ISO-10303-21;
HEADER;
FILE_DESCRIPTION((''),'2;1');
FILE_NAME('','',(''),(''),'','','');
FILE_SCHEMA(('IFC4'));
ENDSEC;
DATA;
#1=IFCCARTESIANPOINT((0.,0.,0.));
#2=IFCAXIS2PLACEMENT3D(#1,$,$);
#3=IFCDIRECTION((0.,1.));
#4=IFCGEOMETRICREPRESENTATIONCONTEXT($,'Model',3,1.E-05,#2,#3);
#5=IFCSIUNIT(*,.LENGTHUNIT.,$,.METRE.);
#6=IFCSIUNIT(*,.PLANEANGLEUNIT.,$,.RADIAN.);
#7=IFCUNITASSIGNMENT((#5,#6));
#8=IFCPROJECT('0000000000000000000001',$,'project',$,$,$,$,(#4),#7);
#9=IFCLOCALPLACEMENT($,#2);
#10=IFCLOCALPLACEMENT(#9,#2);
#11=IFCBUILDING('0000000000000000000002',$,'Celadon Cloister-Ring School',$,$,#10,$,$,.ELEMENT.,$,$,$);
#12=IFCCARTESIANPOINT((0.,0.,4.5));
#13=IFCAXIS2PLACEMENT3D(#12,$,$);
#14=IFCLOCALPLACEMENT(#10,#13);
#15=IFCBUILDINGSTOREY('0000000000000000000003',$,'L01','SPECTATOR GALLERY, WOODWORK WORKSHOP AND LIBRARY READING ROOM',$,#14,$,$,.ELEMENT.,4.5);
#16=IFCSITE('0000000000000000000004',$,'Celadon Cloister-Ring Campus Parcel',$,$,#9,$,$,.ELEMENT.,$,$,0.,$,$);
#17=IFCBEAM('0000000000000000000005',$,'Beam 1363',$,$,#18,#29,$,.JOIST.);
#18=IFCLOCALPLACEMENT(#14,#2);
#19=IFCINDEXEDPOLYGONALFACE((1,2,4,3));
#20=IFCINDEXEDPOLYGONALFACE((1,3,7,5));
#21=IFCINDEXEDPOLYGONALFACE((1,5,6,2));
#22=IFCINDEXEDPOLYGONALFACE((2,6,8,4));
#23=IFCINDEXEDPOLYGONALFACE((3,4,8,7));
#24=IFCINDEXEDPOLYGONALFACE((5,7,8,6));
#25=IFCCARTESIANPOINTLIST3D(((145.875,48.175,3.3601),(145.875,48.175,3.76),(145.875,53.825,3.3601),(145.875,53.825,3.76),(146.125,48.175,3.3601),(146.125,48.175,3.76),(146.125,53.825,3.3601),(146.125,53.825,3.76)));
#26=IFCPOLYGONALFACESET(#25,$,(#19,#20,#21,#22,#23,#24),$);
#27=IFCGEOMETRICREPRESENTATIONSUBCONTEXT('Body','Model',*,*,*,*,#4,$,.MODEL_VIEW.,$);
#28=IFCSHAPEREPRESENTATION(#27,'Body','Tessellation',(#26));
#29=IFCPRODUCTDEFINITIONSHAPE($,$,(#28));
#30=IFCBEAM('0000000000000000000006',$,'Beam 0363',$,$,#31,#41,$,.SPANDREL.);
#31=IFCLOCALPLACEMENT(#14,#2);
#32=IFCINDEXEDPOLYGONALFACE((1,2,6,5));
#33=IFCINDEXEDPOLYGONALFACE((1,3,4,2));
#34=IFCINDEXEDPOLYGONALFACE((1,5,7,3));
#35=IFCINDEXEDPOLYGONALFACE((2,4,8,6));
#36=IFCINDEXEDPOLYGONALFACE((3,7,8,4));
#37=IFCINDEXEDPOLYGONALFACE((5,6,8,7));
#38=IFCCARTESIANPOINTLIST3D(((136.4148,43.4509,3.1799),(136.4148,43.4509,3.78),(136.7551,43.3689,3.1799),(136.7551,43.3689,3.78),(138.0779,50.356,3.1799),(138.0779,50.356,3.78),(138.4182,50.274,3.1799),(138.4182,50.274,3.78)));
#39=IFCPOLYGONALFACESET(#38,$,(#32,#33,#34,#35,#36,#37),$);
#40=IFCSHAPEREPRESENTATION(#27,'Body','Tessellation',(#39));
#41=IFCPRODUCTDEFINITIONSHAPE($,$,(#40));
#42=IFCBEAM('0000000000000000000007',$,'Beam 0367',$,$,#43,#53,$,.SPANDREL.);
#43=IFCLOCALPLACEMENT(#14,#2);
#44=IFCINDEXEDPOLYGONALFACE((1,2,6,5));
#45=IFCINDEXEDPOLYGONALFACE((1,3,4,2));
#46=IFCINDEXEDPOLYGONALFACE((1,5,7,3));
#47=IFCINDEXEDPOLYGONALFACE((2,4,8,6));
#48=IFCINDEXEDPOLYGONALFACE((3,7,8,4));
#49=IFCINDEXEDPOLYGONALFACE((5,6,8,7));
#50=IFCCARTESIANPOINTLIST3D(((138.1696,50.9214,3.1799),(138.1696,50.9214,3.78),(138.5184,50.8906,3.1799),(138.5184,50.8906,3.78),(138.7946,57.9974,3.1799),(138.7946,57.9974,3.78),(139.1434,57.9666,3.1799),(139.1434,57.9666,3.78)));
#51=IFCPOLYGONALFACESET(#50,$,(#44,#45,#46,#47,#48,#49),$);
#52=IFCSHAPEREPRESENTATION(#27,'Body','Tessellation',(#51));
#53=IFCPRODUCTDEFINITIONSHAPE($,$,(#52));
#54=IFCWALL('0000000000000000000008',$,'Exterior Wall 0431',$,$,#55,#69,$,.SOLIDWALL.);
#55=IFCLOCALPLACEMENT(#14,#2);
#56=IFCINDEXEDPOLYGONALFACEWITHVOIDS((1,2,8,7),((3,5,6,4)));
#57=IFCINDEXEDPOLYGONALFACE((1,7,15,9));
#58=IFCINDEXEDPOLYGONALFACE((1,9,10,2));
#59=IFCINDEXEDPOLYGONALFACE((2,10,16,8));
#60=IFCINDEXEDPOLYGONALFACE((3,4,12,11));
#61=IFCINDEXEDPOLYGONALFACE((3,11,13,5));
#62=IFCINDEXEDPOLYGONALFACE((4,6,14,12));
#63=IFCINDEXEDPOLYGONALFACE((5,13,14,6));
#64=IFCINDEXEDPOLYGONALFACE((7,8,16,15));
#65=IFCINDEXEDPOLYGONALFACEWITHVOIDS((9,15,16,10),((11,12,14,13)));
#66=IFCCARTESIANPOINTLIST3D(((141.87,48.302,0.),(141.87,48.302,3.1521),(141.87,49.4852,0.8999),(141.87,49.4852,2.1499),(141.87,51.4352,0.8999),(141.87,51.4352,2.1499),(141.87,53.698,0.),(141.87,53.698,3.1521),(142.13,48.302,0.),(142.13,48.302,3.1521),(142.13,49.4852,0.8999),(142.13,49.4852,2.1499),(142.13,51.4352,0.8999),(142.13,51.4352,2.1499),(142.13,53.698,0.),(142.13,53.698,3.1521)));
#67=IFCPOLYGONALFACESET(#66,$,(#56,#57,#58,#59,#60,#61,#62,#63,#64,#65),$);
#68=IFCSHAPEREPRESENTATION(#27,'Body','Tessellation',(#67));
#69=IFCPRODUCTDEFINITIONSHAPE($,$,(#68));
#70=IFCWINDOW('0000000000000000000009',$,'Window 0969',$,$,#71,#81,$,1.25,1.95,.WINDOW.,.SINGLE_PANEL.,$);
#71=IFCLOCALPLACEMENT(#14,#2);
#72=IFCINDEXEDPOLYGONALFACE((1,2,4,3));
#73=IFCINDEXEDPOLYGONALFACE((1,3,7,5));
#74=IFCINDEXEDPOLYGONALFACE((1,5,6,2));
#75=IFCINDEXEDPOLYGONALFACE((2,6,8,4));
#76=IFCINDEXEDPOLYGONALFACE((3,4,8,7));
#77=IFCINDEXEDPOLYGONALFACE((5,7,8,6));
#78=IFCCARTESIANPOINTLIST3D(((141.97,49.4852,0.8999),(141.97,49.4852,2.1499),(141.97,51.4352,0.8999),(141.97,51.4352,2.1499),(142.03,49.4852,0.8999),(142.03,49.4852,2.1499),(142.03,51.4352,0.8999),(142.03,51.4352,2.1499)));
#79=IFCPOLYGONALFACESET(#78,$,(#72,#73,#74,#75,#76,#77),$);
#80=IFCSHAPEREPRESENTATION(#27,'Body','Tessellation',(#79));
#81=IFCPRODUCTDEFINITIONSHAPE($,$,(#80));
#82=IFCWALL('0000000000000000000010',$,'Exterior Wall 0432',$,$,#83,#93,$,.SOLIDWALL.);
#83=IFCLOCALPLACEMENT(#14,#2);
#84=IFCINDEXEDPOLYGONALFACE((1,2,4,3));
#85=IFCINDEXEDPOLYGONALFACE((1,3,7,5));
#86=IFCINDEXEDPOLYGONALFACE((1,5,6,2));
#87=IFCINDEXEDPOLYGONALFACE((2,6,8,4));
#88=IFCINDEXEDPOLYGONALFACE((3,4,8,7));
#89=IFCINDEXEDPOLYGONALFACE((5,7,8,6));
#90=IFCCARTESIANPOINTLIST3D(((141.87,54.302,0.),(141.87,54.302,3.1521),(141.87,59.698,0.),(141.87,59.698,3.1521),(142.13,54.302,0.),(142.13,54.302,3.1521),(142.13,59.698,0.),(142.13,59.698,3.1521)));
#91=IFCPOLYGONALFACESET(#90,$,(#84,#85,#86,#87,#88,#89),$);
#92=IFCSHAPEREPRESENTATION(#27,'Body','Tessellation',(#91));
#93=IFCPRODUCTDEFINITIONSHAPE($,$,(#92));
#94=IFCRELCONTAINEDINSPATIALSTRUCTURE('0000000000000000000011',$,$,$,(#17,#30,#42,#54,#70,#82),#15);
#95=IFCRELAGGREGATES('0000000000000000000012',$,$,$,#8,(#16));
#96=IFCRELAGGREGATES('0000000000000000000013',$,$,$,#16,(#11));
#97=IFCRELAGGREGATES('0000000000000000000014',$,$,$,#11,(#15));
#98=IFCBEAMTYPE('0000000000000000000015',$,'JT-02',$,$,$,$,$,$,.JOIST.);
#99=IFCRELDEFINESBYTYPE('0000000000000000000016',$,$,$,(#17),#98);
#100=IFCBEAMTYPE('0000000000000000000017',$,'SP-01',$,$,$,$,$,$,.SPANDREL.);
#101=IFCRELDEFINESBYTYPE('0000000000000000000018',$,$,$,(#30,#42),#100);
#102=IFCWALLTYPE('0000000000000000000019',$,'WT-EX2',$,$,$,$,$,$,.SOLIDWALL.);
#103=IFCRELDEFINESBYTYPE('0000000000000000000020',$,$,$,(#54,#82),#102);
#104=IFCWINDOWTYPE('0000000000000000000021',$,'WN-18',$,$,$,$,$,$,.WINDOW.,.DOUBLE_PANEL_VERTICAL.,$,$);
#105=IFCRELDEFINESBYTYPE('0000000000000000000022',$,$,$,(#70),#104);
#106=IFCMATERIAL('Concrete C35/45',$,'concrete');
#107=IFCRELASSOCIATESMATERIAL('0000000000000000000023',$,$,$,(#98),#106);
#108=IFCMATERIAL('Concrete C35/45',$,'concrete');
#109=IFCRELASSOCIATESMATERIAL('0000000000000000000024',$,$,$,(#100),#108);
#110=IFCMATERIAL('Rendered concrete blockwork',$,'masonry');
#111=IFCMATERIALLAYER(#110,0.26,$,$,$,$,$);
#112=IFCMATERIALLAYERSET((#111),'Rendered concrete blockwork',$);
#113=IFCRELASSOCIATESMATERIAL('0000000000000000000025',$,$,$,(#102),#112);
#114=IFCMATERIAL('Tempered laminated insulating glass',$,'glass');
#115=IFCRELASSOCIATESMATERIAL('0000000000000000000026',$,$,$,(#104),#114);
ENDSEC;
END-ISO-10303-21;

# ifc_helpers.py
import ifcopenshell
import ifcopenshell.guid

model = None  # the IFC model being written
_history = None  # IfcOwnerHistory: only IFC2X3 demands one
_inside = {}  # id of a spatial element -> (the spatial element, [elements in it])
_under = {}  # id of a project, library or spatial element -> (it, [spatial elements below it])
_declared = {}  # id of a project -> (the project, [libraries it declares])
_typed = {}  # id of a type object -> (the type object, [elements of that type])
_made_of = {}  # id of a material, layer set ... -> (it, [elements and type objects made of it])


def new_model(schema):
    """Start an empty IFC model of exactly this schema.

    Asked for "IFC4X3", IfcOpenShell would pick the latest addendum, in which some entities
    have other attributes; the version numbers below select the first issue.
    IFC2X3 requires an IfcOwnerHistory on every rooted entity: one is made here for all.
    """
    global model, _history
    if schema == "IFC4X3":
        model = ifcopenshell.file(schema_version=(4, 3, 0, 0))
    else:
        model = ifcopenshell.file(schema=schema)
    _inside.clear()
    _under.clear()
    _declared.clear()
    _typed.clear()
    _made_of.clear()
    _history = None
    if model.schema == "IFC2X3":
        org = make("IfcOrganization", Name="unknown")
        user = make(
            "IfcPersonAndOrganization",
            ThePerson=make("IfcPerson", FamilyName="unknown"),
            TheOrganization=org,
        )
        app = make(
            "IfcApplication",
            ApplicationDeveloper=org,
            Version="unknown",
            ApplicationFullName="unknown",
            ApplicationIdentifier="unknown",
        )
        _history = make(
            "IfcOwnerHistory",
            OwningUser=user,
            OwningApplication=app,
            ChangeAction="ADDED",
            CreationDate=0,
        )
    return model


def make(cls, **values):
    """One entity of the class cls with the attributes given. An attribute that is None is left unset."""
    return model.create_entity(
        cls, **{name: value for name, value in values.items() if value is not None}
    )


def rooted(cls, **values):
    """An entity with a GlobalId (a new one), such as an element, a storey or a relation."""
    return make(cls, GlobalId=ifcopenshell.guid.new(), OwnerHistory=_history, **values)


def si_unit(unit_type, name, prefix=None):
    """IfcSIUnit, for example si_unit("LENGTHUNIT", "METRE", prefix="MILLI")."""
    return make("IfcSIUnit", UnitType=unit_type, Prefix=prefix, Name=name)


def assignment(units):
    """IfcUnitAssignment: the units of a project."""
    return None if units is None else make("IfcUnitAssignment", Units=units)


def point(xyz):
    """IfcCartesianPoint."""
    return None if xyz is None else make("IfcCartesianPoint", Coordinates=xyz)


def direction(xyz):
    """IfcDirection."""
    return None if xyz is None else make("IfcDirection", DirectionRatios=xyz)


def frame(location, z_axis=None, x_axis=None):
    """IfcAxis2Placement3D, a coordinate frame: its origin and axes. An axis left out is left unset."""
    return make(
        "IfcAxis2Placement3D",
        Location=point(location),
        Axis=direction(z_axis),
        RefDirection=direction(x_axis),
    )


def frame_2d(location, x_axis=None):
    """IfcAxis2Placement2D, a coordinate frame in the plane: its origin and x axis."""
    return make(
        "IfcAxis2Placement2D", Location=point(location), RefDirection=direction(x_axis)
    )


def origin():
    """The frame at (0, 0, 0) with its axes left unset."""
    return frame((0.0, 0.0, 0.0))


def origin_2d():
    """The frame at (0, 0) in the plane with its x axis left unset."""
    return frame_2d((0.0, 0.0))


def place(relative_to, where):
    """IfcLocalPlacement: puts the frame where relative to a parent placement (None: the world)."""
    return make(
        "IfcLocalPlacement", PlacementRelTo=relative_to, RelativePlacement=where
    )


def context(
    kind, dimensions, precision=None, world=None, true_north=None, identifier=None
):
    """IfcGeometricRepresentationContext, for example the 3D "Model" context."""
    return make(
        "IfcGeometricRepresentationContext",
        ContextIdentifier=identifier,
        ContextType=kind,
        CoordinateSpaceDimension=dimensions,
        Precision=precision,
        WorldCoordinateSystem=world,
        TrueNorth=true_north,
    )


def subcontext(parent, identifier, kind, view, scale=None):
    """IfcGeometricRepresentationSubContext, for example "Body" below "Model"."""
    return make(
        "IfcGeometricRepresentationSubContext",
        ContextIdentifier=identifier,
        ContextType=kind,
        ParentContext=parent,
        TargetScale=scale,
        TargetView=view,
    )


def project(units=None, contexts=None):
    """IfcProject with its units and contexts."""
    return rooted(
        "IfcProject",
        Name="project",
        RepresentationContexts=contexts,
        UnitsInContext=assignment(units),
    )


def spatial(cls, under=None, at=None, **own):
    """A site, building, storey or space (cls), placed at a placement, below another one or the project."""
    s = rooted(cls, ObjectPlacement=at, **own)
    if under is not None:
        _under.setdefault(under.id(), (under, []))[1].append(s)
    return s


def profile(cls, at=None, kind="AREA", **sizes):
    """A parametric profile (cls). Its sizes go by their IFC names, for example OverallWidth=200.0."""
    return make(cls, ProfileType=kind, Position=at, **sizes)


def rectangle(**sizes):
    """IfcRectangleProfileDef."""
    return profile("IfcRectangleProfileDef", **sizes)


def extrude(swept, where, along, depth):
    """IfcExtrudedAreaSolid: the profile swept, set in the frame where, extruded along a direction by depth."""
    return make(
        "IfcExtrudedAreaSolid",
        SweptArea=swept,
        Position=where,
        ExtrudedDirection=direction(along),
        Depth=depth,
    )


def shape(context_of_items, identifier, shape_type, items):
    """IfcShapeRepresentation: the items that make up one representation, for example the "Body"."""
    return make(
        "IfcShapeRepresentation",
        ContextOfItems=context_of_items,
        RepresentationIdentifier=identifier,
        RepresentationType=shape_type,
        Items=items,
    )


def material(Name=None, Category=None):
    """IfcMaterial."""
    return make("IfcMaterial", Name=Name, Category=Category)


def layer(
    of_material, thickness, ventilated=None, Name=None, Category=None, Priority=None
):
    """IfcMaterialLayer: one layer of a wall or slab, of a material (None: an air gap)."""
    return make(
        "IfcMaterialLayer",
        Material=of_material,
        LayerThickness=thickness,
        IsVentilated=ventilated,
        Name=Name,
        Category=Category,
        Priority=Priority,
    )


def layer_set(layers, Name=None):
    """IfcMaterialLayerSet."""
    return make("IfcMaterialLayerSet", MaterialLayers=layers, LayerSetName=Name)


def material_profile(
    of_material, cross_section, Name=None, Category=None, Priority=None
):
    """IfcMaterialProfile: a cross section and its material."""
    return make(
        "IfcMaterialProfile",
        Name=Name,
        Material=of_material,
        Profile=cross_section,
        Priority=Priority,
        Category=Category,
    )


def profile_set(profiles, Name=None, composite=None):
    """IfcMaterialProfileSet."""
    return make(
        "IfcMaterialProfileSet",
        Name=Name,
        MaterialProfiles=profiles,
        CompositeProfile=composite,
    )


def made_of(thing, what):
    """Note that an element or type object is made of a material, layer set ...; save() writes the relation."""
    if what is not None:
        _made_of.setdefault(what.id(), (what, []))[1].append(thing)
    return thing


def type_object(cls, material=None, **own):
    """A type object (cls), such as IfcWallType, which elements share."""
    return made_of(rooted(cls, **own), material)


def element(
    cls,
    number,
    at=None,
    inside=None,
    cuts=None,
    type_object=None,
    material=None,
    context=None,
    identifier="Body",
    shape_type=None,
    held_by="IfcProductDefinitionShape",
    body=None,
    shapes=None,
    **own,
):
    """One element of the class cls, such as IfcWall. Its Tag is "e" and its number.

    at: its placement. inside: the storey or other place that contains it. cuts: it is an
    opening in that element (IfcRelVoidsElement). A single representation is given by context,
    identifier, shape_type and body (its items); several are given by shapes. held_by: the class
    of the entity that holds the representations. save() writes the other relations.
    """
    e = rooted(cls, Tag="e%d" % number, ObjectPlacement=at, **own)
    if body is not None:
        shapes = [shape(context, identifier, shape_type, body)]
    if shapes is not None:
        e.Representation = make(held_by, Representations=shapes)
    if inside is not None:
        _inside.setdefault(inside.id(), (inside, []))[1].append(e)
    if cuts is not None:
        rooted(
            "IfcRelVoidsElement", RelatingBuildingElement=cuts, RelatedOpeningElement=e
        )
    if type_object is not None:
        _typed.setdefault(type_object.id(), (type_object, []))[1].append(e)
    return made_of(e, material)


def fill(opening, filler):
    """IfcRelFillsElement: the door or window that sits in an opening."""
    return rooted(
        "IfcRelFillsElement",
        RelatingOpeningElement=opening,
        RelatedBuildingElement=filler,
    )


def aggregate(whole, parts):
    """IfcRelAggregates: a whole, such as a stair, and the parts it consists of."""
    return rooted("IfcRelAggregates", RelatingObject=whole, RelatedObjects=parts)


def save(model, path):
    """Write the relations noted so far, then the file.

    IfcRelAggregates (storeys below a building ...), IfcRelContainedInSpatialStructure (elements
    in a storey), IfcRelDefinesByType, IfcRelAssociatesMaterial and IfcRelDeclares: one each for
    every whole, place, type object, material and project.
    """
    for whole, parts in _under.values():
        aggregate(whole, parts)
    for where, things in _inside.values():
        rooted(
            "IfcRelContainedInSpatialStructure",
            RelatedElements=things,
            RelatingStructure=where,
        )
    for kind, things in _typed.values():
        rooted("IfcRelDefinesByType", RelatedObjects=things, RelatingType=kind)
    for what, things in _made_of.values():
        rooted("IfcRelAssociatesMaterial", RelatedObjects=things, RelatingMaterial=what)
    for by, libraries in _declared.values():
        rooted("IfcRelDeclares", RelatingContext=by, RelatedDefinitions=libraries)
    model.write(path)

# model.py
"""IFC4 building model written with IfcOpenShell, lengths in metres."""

from ifc_helpers import new_model, si_unit, direction, frame, frame_2d, origin, origin_2d, place, context, subcontext, project, spatial, rectangle, extrude, material, layer, layer_set, material_profile, profile_set, type_object, element, fill, save


model = new_model("IFC4")

# Units and contexts
model_context = context("Model", 3, precision=1e-05, world=origin(), true_north=direction((0.0, 1.0)))
body_context = subcontext(model_context, "Body", "Model", "MODEL_VIEW")
ifc_project = project(units=[si_unit("LENGTHUNIT", "METRE"), si_unit("PLANEANGLEUNIT", "RADIAN")], contexts=[model_context])

# Site, building, storey
site_placement = place(None, origin())
site = spatial("IfcSite", under=ifc_project, at=site_placement, Name="Celadon Cloister-Ring Campus Parcel", CompositionType="ELEMENT", RefElevation=0.0)
building_placement = place(site_placement, origin())
building = spatial("IfcBuilding", under=site, at=building_placement, Name="Celadon Cloister-Ring School", CompositionType="ELEMENT")
storey_placement = place(building_placement, frame((0.0, 0.0, 4.5)))
storey = spatial("IfcBuildingStorey", under=building, at=storey_placement, Name="L01", Description="SPECTATOR GALLERY, WOODWORK WORKSHOP AND LIBRARY READING ROOM", CompositionType="ELEMENT", Elevation=4.5)

# Beams
ifc_material_1 = material(Name="Concrete C35/45", Category="concrete")
ifc_material_profile_1 = material_profile(ifc_material_1, rectangle(XDim=0.25, YDim=0.3999, at=origin_2d()), Name="RC250X400")
ifc_profile_set_1 = profile_set([ifc_material_profile_1], Name="Concrete C35/45")
beam_type_1 = type_object("IfcBeamType", Name="JT-02", PredefinedType="JOIST", material=ifc_profile_set_1)
beam_1_placement = place(storey_placement, frame((146.0, 48.175, 3.5601), z_axis=(0.0, 1.0, 0.0), x_axis=(-1.0, 0.0, 0.0)))
element("IfcBeam", 1, at=beam_1_placement, inside=storey, type_object=beam_type_1, Name="Beam 1363", PredefinedType="JOIST", context=body_context, shape_type="SweptSolid", body=[
    extrude(rectangle(XDim=0.25, YDim=0.3999, at=origin_2d()), origin(), (0.0, 0.0, 1.0), 5.6499),
])
ifc_material_2 = material(Name="Concrete C35/45", Category="concrete")
ifc_material_profile_2 = material_profile(ifc_material_2, rectangle(XDim=0.3501, YDim=0.6001, at=origin_2d()), Name="RC350X600")
ifc_profile_set_2 = profile_set([ifc_material_profile_2], Name="Concrete C35/45")
beam_type_2 = type_object("IfcBeamType", Name="SP-01", PredefinedType="SPANDREL", material=ifc_profile_set_2)
beam_2_placement = place(storey_placement, frame((136.585, 43.4099, 3.48), z_axis=(0.234156, 0.972199, 0.0), x_axis=(-0.972199, 0.234156, 0.0)))
element("IfcBeam", 2, at=beam_2_placement, inside=storey, type_object=beam_type_2, Name="Beam 0363", PredefinedType="SPANDREL", context=body_context, shape_type="SweptSolid", body=[
    extrude(rectangle(XDim=0.3501, YDim=0.6001, at=origin_2d()), origin(), (0.0, 0.0, 1.0), 7.1025),
])
beam_3_placement = place(storey_placement, frame((138.344, 50.906, 3.48), z_axis=(0.087985, 0.996122, 0.0), x_axis=(-0.996122, 0.087985, 0.0)))
element("IfcBeam", 3, at=beam_3_placement, inside=storey, type_object=beam_type_2, Name="Beam 0367", PredefinedType="SPANDREL", context=body_context, shape_type="SweptSolid", body=[
    extrude(rectangle(XDim=0.3501, YDim=0.6001, at=origin_2d()), origin(), (0.0, 0.0, 1.0), 7.1035),
])

# Wall, opening, window
ifc_material_3 = material(Name="Rendered concrete blockwork", Category="masonry")
ifc_layer_1 = layer(ifc_material_3, 0.26)
ifc_layer_set_1 = layer_set([ifc_layer_1], Name="Rendered concrete blockwork")
wall_type_1 = type_object("IfcWallType", Name="WT-EX2", PredefinedType="SOLIDWALL", material=ifc_layer_set_1)
wall_1_placement = place(storey_placement, frame((142.0, 48.302, 0.0), z_axis=(0.0, 0.0, 1.0), x_axis=(0.0, 1.0, 0.0)))
wall_1 = element("IfcWall", 4, at=wall_1_placement, inside=storey, type_object=wall_type_1, Name="Exterior Wall 0431", PredefinedType="SOLIDWALL", context=body_context, shape_type="SweptSolid", body=[
    extrude(rectangle(XDim=5.396, YDim=0.26, at=frame_2d((2.698, 0.0))), origin(), (0.0, 0.0, 1.0), 3.1521),
])
opening_1_placement = place(wall_1_placement, frame((1.1831, 0.0, 0.8999)))
opening_1 = element("IfcOpeningElement", 5, at=opening_1_placement, cuts=wall_1, PredefinedType="OPENING", context=body_context, shape_type="SweptSolid", body=[
    extrude(rectangle(XDim=1.95, YDim=1.25, at=frame_2d((0.9751, 0.625))), frame((0.0, 0.1401, 0.0), z_axis=(0.0, -1.0, 0.0), x_axis=(1.0, 0.0, 0.0)), (0.0, 0.0, 1.0), 0.28),
])
ifc_material_4 = material(Name="Tempered laminated insulating glass", Category="glass")
window_type_1 = type_object("IfcWindowType", Name="WN-18", PartitioningType="DOUBLE_PANEL_VERTICAL", PredefinedType="WINDOW", material=ifc_material_4)
window_1_placement = place(opening_1_placement, origin())
window_1 = element("IfcWindow", 6, at=window_1_placement, inside=storey, type_object=window_type_1, Name="Window 0969", OverallHeight=1.25, OverallWidth=1.95, PartitioningType="SINGLE_PANEL", PredefinedType="WINDOW", context=body_context, shape_type="SweptSolid", body=[
    extrude(rectangle(XDim=1.95, YDim=1.25, at=frame_2d((0.9751, 0.625))), frame((0.0, 0.03, 0.0), z_axis=(0.0, -1.0, 0.0), x_axis=(1.0, 0.0, 0.0)), (0.0, 0.0, 1.0), 0.0601),
])
fill(opening_1, window_1)

# Wall
wall_2_placement = place(storey_placement, frame((142.0, 54.302, 0.0), z_axis=(0.0, 0.0, 1.0), x_axis=(0.0, 1.0, 0.0)))
element("IfcWall", 7, at=wall_2_placement, inside=storey, type_object=wall_type_1, Name="Exterior Wall 0432", PredefinedType="SOLIDWALL", context=body_context, shape_type="SweptSolid", body=[
    extrude(rectangle(XDim=5.396, YDim=0.26, at=frame_2d((2.698, 0.0))), origin(), (0.0, 0.0, 1.0), 3.1521),
])

save(model, "model.ifc")
